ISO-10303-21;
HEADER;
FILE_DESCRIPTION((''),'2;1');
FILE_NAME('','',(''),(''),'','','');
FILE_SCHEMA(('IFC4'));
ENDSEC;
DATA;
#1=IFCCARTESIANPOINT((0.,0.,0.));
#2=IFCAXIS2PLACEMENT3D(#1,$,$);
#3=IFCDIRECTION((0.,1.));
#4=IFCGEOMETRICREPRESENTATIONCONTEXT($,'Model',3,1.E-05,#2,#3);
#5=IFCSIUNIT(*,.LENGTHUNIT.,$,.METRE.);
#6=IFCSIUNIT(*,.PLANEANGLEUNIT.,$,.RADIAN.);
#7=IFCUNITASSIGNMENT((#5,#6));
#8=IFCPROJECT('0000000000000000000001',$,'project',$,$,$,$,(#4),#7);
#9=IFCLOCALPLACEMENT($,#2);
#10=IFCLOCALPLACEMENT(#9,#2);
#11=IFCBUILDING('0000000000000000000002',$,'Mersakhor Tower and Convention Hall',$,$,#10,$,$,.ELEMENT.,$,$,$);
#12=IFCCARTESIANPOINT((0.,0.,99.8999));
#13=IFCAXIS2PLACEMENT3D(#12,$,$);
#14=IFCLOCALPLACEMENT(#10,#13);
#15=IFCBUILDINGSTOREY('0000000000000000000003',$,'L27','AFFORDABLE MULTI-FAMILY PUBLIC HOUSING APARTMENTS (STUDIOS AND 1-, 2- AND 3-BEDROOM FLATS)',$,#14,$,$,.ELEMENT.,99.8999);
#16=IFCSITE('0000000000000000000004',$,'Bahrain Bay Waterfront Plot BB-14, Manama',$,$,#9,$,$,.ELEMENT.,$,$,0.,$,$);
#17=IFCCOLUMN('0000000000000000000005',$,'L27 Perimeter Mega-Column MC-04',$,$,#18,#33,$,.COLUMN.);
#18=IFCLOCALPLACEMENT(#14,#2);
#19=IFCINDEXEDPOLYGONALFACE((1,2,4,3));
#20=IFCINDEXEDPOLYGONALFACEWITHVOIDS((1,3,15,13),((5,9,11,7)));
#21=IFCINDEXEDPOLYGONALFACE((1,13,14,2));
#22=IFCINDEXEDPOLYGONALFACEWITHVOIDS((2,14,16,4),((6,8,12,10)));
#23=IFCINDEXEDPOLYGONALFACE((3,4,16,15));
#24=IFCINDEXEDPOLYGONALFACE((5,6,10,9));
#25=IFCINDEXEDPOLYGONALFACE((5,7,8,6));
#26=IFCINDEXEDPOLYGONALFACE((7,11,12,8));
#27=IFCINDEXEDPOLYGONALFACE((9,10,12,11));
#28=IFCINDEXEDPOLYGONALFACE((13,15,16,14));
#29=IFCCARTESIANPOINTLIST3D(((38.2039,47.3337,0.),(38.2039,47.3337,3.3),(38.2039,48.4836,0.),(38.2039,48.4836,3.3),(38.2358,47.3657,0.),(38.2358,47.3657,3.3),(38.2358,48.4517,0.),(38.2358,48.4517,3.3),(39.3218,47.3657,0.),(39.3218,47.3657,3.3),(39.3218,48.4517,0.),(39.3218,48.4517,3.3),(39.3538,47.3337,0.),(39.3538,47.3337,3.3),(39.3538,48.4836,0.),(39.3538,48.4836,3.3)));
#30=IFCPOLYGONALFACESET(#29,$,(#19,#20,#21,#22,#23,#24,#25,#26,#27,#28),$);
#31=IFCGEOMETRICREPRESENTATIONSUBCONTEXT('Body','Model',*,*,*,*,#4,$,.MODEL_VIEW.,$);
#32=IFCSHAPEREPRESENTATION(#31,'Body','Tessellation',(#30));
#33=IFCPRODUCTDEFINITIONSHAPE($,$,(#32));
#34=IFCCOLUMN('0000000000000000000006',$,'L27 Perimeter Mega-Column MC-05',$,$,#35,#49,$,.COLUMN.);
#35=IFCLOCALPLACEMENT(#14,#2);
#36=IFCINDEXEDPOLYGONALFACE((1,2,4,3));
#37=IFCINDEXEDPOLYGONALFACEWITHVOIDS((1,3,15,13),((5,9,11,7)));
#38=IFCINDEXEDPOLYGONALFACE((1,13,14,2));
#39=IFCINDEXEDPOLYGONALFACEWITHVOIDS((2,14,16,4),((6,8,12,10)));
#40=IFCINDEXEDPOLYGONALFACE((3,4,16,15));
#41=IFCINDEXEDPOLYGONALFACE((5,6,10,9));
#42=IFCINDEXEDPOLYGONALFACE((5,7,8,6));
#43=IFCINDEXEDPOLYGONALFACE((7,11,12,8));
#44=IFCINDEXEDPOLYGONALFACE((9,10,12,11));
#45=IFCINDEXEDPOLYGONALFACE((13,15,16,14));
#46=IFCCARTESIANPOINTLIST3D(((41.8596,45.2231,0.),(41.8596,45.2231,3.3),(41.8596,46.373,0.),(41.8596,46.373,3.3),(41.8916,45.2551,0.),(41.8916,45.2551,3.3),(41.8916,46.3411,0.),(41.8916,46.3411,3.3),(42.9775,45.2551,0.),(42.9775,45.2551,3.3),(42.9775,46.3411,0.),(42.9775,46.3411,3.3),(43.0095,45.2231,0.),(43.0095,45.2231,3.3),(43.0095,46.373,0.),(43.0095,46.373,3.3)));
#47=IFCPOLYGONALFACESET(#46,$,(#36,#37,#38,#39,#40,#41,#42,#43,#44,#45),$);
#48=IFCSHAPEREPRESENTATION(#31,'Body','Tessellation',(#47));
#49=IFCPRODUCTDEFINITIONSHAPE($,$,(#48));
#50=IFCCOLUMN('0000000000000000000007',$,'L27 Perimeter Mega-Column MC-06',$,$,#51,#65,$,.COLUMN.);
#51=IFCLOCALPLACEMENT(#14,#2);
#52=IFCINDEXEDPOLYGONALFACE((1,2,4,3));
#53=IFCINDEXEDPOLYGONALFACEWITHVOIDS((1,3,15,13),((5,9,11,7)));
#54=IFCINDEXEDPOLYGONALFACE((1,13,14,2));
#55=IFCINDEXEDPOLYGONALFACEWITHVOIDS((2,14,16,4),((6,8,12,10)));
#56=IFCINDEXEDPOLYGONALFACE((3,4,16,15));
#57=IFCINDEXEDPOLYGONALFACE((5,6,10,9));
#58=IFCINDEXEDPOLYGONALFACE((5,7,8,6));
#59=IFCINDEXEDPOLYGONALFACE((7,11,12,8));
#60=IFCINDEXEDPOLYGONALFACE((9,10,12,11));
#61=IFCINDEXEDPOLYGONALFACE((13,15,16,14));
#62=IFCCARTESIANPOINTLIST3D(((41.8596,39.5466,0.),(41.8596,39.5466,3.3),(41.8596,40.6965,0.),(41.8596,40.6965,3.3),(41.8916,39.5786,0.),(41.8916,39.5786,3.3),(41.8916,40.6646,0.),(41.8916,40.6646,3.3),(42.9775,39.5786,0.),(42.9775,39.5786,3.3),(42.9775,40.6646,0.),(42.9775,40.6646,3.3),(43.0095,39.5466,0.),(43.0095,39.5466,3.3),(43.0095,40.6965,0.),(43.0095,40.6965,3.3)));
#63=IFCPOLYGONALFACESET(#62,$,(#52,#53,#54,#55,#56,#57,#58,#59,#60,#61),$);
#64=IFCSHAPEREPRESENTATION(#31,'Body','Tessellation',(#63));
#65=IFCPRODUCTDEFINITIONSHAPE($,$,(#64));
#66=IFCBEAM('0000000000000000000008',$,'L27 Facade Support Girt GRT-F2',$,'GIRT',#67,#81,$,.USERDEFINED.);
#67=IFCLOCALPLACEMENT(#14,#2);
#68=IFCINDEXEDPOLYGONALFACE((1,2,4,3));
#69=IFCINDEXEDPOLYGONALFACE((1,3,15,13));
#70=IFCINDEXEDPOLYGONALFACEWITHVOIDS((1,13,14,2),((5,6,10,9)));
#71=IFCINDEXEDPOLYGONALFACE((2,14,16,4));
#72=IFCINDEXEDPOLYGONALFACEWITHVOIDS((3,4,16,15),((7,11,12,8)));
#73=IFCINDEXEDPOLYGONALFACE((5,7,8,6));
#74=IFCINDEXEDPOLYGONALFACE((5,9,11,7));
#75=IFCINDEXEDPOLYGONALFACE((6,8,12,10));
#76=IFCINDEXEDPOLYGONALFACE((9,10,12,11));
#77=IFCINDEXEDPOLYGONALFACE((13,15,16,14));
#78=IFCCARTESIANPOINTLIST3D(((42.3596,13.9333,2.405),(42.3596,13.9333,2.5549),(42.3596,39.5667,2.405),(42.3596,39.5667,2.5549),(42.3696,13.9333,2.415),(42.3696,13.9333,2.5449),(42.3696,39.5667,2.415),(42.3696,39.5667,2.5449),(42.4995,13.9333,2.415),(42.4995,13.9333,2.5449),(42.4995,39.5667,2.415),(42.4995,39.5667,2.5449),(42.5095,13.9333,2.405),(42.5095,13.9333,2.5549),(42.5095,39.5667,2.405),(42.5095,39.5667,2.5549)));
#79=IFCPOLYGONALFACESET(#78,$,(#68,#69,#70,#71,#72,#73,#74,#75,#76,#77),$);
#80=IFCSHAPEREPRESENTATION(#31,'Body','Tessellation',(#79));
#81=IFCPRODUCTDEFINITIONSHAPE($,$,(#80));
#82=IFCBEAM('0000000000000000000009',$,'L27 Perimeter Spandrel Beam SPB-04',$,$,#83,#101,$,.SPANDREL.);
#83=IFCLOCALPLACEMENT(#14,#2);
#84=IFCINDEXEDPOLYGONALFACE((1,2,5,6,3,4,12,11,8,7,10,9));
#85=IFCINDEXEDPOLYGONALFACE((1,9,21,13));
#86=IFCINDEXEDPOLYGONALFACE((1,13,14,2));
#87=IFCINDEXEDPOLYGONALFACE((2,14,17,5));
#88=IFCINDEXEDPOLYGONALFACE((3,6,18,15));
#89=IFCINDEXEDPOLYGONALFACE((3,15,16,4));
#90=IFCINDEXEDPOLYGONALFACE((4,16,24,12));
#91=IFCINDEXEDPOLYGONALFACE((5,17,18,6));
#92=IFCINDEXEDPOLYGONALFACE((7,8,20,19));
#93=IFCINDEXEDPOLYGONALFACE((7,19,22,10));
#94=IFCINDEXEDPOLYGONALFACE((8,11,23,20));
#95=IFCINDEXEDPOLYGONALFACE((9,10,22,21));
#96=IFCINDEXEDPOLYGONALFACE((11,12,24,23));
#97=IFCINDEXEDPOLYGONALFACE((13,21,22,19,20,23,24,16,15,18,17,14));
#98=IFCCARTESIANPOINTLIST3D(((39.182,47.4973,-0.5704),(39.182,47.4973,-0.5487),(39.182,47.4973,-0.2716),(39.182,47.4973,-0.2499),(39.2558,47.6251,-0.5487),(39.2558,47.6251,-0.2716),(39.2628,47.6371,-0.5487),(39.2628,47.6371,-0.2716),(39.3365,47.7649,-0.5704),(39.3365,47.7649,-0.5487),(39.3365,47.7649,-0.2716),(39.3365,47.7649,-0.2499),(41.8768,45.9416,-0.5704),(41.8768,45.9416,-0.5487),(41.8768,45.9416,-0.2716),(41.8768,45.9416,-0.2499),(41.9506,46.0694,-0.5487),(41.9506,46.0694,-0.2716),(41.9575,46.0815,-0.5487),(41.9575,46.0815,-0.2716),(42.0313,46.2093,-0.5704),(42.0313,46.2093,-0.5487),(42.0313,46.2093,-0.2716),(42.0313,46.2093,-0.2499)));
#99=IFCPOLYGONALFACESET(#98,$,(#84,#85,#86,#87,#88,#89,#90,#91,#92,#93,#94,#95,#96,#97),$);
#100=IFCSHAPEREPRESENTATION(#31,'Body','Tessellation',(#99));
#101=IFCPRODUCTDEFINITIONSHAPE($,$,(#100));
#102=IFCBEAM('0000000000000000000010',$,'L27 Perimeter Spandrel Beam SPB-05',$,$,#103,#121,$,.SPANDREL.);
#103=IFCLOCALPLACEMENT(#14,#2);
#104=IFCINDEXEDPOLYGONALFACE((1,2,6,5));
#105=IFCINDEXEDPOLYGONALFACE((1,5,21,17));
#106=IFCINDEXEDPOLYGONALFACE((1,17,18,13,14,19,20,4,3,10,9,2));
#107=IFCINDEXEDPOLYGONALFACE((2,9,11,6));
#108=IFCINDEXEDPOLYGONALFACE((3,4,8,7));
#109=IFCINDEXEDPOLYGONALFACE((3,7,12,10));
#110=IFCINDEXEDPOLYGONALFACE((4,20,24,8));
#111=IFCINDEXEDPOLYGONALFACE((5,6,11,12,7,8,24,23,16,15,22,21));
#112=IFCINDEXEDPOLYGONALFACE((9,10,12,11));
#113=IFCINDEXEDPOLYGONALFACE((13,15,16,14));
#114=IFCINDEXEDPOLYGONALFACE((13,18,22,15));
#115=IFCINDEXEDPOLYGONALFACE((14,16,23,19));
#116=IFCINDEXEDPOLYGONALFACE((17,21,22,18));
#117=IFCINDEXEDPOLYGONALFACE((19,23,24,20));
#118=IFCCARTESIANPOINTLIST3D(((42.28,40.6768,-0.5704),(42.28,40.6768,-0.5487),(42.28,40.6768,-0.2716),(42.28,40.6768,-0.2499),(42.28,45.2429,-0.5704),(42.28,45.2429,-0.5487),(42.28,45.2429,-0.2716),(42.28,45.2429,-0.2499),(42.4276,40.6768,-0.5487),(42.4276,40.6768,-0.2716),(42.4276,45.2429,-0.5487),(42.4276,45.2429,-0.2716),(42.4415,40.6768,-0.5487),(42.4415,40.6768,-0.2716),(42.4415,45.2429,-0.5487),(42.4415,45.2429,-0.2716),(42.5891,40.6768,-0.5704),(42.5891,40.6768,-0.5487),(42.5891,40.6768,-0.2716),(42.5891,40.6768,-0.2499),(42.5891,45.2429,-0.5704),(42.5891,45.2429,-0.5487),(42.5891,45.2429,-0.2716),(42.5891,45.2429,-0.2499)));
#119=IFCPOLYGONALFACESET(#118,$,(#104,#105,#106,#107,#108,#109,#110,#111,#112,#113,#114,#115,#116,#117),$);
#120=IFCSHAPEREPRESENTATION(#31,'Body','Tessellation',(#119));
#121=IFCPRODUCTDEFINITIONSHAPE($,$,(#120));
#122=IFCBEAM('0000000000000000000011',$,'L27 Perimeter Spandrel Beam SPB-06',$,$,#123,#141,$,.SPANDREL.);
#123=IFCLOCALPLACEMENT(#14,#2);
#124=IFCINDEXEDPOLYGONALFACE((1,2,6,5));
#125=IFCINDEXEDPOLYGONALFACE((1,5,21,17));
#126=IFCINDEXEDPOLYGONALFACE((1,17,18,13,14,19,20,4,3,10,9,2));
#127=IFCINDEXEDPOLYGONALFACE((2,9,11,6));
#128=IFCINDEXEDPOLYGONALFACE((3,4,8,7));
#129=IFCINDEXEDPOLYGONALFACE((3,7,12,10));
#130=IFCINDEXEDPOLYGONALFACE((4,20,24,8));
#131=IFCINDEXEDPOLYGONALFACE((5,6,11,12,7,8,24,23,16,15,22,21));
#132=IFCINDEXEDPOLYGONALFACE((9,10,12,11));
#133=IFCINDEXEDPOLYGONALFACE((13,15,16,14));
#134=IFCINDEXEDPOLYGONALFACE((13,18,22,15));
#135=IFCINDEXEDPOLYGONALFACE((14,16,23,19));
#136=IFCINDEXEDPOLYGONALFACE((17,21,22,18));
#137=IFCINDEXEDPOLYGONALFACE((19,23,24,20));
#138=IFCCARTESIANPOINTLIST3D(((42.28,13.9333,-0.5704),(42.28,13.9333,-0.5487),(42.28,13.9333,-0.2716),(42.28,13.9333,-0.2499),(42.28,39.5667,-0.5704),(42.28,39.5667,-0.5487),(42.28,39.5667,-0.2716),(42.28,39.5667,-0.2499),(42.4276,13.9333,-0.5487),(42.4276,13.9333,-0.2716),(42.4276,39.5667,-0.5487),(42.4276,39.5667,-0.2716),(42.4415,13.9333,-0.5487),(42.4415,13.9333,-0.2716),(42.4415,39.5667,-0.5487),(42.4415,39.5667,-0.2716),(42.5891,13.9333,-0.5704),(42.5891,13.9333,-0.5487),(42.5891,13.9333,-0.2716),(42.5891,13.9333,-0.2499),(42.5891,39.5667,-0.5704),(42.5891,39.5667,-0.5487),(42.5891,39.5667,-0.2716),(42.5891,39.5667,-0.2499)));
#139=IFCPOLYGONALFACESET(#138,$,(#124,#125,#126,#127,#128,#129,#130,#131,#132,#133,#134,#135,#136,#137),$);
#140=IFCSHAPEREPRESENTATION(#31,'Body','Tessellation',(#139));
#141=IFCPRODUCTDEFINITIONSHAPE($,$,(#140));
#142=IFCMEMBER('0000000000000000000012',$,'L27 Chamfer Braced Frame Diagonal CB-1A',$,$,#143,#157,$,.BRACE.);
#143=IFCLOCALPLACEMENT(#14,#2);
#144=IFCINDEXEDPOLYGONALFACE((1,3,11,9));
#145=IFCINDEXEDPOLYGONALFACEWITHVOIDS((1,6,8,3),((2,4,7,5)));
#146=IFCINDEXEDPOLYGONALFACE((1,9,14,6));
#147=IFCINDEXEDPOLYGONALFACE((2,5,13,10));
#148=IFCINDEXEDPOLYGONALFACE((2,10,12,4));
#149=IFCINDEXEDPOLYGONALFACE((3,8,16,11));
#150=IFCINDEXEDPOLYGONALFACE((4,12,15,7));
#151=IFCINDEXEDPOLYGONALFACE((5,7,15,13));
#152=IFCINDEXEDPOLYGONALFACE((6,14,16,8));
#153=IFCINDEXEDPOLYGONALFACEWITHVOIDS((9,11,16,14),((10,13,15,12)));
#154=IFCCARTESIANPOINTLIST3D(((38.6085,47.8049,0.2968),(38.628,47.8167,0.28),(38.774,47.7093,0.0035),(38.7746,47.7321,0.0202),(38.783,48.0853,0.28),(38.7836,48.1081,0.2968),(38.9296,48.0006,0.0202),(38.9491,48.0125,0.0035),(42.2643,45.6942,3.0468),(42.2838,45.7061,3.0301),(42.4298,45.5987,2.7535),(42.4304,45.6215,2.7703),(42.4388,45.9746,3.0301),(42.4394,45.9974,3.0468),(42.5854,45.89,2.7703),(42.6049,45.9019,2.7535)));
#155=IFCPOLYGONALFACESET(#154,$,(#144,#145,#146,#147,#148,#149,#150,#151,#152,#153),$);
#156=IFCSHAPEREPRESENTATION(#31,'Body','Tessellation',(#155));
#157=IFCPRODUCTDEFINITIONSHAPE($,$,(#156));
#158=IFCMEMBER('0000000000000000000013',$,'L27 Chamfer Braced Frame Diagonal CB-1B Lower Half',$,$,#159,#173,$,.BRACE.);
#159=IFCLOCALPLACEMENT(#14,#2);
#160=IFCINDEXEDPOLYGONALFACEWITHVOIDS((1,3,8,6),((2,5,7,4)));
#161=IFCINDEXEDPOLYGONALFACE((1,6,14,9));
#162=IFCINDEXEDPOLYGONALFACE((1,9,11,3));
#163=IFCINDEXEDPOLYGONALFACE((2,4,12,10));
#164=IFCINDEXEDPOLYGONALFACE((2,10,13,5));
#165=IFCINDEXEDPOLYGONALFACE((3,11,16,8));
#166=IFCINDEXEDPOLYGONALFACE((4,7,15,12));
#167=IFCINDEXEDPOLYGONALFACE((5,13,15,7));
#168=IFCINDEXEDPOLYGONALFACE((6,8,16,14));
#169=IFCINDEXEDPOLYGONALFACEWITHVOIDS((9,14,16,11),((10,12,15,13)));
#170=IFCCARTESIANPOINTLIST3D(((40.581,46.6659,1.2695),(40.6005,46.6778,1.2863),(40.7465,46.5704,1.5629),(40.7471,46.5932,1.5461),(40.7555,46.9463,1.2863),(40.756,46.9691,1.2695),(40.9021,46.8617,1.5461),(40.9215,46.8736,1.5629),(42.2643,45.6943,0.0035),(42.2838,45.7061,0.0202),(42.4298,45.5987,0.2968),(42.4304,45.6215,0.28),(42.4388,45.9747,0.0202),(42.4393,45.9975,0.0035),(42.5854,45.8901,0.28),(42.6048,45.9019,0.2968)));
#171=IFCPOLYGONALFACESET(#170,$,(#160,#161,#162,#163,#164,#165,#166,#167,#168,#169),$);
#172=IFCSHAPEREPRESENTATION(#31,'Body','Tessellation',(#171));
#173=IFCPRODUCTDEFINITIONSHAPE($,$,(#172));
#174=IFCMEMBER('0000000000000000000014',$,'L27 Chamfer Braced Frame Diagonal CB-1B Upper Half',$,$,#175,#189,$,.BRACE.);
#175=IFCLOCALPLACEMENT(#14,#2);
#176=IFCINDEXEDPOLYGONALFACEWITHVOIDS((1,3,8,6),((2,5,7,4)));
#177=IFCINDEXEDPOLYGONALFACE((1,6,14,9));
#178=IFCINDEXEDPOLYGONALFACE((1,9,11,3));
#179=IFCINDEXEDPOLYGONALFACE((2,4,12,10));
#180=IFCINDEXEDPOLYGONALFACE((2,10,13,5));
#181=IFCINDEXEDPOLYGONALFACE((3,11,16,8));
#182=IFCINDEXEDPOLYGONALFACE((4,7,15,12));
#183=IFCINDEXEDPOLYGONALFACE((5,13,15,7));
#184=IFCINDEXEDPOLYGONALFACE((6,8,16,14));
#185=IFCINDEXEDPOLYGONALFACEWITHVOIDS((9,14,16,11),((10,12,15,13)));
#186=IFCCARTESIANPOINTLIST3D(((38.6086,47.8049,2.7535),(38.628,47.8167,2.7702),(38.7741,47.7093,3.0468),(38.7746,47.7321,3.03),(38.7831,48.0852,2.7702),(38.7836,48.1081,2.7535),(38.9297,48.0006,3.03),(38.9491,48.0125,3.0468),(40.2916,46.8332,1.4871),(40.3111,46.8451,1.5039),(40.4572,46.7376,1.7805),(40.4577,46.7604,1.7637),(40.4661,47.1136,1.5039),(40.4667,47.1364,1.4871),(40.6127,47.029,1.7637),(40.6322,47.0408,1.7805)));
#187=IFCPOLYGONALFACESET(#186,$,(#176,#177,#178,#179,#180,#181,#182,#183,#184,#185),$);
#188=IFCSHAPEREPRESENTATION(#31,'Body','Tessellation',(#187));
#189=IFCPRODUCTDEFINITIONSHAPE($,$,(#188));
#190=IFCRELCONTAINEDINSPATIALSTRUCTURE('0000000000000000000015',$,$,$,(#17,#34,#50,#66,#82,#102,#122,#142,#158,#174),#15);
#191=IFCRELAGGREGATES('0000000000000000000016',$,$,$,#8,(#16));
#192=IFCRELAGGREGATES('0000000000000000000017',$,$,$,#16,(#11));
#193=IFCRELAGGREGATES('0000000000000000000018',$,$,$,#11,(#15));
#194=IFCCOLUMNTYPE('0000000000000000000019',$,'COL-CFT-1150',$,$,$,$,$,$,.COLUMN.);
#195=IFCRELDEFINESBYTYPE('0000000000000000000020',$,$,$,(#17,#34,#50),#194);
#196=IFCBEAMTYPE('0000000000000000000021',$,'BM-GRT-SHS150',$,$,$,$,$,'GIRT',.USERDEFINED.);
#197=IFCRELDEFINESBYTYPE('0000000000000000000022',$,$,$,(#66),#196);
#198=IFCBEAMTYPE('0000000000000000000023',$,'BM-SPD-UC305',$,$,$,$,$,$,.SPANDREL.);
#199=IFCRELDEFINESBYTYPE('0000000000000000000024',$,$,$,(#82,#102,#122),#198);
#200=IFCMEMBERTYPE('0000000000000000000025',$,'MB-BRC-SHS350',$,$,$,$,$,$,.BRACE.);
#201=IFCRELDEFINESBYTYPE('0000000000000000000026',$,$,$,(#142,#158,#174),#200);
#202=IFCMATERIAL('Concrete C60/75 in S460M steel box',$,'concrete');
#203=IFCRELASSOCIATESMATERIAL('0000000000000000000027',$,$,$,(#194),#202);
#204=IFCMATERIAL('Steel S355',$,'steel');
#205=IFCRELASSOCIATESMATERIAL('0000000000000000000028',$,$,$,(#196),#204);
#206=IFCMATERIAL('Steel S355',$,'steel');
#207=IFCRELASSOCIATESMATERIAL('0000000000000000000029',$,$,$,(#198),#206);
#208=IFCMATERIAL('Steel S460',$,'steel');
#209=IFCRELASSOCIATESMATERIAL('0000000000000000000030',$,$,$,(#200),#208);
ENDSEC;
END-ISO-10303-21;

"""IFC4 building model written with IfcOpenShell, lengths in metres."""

from ifc_helpers import new_model, si_unit, direction, frame, origin, origin_2d, place, context, subcontext, project, spatial, hollow_rectangle, i_section, extrude, material, material_profile, profile_set, type_object, element, save


model = new_model("IFC4")

# Units and contexts
model_context = context("Model", 3, precision=1e-05, world=origin(), true_north=direction((0.0, 1.0)))
body_context = subcontext(model_context, "Body", "Model", "MODEL_VIEW")
ifc_project = project(units=[si_unit("LENGTHUNIT", "METRE"), si_unit("PLANEANGLEUNIT", "RADIAN")], contexts=[model_context])

# Site, building, storey
site_placement = place(None, origin())
site = spatial("IfcSite", under=ifc_project, at=site_placement, Name="Bahrain Bay Waterfront Plot BB-14, Manama", CompositionType="ELEMENT", RefElevation=0.0)
building_placement = place(site_placement, origin())
building = spatial("IfcBuilding", under=site, at=building_placement, Name="Mersakhor Tower and Convention Hall", CompositionType="ELEMENT")
storey_placement = place(building_placement, frame((0.0, 0.0, 99.8999)))
storey = spatial("IfcBuildingStorey", under=building, at=storey_placement, Name="L27", Description="AFFORDABLE MULTI-FAMILY PUBLIC HOUSING APARTMENTS (STUDIOS AND 1-, 2- AND 3-BEDROOM FLATS)", CompositionType="ELEMENT", Elevation=99.8999)

# Columns
ifc_material_1 = material(Name="Concrete C60/75 in S460M steel box", Category="concrete")
ifc_material_profile_1 = material_profile(ifc_material_1, hollow_rectangle(XDim=1.1499, YDim=1.1499, WallThickness=0.032, at=origin_2d()), Name="SHS 1150x1150x32")
ifc_profile_set_1 = profile_set([ifc_material_profile_1], Name="Concrete C60/75 in S460M steel box")
column_type = type_object("IfcColumnType", Name="COL-CFT-1150", PredefinedType="COLUMN", material=ifc_profile_set_1)
for number, where, z_axis, x_axis, name in (
    (1, (38.7788, 47.9087, 0.0), (0.0, 0.0, 1.0), (1.0, 0.0, 0.0), "L27 Perimeter Mega-Column MC-04"),
    (2, (42.4346, 45.7981, 0.0), (0.0, 0.0, 1.0), (1.0, 0.0, 0.0), "L27 Perimeter Mega-Column MC-05"),
    (3, (42.4346, 40.1216, 0.0), (0.0, 0.0, 1.0), (1.0, 0.0, 0.0), "L27 Perimeter Mega-Column MC-06"),
):
    element("IfcColumn", number, at=place(storey_placement, frame(where, z_axis=z_axis, x_axis=x_axis)), inside=storey, type_object=column_type, Name=name, PredefinedType="COLUMN", context=body_context, shape_type="SweptSolid", body=[
        extrude(hollow_rectangle(XDim=1.1499, YDim=1.1499, WallThickness=0.032, at=origin_2d()), origin(), (0.0, 0.0, 1.0), 3.3),
    ])

# Beams
ifc_material_2 = material(Name="Steel S355", Category="steel")
ifc_material_profile_2 = material_profile(ifc_material_2, hollow_rectangle(XDim=0.1499, YDim=0.1499, WallThickness=0.01, at=origin_2d()), Name="SHS 150x150x10")
ifc_profile_set_2 = profile_set([ifc_material_profile_2], Name="Steel S355")
beam_type_1 = type_object("IfcBeamType", Name="BM-GRT-SHS150", ElementType="GIRT", PredefinedType="USERDEFINED", material=ifc_profile_set_2)
beam_1_placement = place(storey_placement, frame((42.4346, 39.5667, 2.48), z_axis=(0.0, -1.0, 0.0), x_axis=(1.0, 0.0, 0.0)))
element("IfcBeam", 4, at=beam_1_placement, inside=storey, type_object=beam_type_1, Name="L27 Facade Support Girt GRT-F2", ObjectType="GIRT", PredefinedType="USERDEFINED", context=body_context, shape_type="SweptSolid", body=[
    extrude(hollow_rectangle(XDim=0.1499, YDim=0.1499, WallThickness=0.01, at=origin_2d()), origin(), (0.0, 0.0, 1.0), 25.6333),
])
ifc_material_3 = material(Name="Steel S355", Category="steel")
ifc_material_profile_3 = material_profile(ifc_material_3, i_section(OverallWidth=0.3091, OverallDepth=0.3206, WebThickness=0.0139, FlangeThickness=0.0217, at=origin_2d()), Name="UC 305x305x137")
ifc_profile_set_3 = profile_set([ifc_material_profile_3], Name="Steel S355")
beam_type_2 = type_object("IfcBeamType", Name="BM-SPD-UC305", PredefinedType="SPANDREL", material=ifc_profile_set_3)
beam_2_placement = place(storey_placement, frame((39.2593, 47.6311, -0.4102), z_axis=(0.866052, -0.499953, 0.0), x_axis=(0.499953, 0.866052, 0.0)))
element("IfcBeam", 5, at=beam_2_placement, inside=storey, type_object=beam_type_2, Name="L27 Perimeter Spandrel Beam SPB-04", PredefinedType="SPANDREL", context=body_context, shape_type="SweptSolid", body=[
    extrude(i_section(OverallWidth=0.3091, OverallDepth=0.3206, WebThickness=0.0139, FlangeThickness=0.0217, at=origin_2d()), origin(), (0.0, 0.0, 1.0), 3.1116),
])
beam_3_placement = place(storey_placement, frame((42.4346, 45.2429, -0.4102), z_axis=(0.0, -1.0, 0.0), x_axis=(1.0, 0.0, 0.0)))
element("IfcBeam", 6, at=beam_3_placement, inside=storey, type_object=beam_type_2, Name="L27 Perimeter Spandrel Beam SPB-05", PredefinedType="SPANDREL", context=body_context, shape_type="SweptSolid", body=[
    extrude(i_section(OverallWidth=0.3091, OverallDepth=0.3206, WebThickness=0.0139, FlangeThickness=0.0217, at=origin_2d()), origin(), (0.0, 0.0, 1.0), 4.5662),
])
beam_4_placement = place(storey_placement, frame((42.4346, 39.5667, -0.4102), z_axis=(0.0, -1.0, 0.0), x_axis=(1.0, 0.0, 0.0)))
element("IfcBeam", 7, at=beam_4_placement, inside=storey, type_object=beam_type_2, Name="L27 Perimeter Spandrel Beam SPB-06", PredefinedType="SPANDREL", context=body_context, shape_type="SweptSolid", body=[
    extrude(i_section(OverallWidth=0.3091, OverallDepth=0.3206, WebThickness=0.0139, FlangeThickness=0.0217, at=origin_2d()), origin(), (0.0, 0.0, 1.0), 25.6333),
])

# Members
ifc_material_4 = material(Name="Steel S460", Category="steel")
ifc_material_profile_4 = material_profile(ifc_material_4, hollow_rectangle(XDim=0.3501, YDim=0.3501, WallThickness=0.02, at=origin_2d()), Name="SHS 350x350x20")
ifc_profile_set_4 = profile_set([ifc_material_profile_4], Name="Steel S460")
member_type = type_object("IfcMemberType", Name="MB-BRC-SHS350", PredefinedType="BRACE", material=ifc_profile_set_4)
member_placement = place(storey_placement, frame((38.7788, 47.9087, 0.1501), z_axis=(0.725634, -0.418933, 0.545849), x_axis=(0.499989, 0.866031, 0.0)))
element("IfcMember", 8, at=member_placement, inside=storey, type_object=member_type, Name="L27 Chamfer Braced Frame Diagonal CB-1A", PredefinedType="BRACE", context=body_context, shape_type="SweptSolid", body=[
    extrude(hollow_rectangle(XDim=0.3501, YDim=0.3501, WallThickness=0.02, at=origin_2d()), origin(), (0.0, 0.0, 1.0), 5.0381),
])
for number, where, z_axis, x_axis, name in (
    (9, (42.4346, 45.7981, 0.1501), (-0.725685, 0.418887, 0.545816), (-0.499922, -0.866071, 0.0), "L27 Chamfer Braced Frame Diagonal CB-1B Lower Half"),
    (10, (40.4619, 46.937, 1.6338), (-0.725593, 0.418895, 0.545932), (-0.499976, -0.866039, 0.0), "L27 Chamfer Braced Frame Diagonal CB-1B Upper Half"),
):
    element("IfcMember", number, at=place(storey_placement, frame(where, z_axis=z_axis, x_axis=x_axis)), inside=storey, type_object=member_type, Name=name, PredefinedType="BRACE", context=body_context, shape_type="SweptSolid", body=[
        extrude(hollow_rectangle(XDim=0.3501, YDim=0.3501, WallThickness=0.02, at=origin_2d()), origin(), (0.0, 0.0, 1.0), 2.3196),
    ])

save(model, "model.ifc")
